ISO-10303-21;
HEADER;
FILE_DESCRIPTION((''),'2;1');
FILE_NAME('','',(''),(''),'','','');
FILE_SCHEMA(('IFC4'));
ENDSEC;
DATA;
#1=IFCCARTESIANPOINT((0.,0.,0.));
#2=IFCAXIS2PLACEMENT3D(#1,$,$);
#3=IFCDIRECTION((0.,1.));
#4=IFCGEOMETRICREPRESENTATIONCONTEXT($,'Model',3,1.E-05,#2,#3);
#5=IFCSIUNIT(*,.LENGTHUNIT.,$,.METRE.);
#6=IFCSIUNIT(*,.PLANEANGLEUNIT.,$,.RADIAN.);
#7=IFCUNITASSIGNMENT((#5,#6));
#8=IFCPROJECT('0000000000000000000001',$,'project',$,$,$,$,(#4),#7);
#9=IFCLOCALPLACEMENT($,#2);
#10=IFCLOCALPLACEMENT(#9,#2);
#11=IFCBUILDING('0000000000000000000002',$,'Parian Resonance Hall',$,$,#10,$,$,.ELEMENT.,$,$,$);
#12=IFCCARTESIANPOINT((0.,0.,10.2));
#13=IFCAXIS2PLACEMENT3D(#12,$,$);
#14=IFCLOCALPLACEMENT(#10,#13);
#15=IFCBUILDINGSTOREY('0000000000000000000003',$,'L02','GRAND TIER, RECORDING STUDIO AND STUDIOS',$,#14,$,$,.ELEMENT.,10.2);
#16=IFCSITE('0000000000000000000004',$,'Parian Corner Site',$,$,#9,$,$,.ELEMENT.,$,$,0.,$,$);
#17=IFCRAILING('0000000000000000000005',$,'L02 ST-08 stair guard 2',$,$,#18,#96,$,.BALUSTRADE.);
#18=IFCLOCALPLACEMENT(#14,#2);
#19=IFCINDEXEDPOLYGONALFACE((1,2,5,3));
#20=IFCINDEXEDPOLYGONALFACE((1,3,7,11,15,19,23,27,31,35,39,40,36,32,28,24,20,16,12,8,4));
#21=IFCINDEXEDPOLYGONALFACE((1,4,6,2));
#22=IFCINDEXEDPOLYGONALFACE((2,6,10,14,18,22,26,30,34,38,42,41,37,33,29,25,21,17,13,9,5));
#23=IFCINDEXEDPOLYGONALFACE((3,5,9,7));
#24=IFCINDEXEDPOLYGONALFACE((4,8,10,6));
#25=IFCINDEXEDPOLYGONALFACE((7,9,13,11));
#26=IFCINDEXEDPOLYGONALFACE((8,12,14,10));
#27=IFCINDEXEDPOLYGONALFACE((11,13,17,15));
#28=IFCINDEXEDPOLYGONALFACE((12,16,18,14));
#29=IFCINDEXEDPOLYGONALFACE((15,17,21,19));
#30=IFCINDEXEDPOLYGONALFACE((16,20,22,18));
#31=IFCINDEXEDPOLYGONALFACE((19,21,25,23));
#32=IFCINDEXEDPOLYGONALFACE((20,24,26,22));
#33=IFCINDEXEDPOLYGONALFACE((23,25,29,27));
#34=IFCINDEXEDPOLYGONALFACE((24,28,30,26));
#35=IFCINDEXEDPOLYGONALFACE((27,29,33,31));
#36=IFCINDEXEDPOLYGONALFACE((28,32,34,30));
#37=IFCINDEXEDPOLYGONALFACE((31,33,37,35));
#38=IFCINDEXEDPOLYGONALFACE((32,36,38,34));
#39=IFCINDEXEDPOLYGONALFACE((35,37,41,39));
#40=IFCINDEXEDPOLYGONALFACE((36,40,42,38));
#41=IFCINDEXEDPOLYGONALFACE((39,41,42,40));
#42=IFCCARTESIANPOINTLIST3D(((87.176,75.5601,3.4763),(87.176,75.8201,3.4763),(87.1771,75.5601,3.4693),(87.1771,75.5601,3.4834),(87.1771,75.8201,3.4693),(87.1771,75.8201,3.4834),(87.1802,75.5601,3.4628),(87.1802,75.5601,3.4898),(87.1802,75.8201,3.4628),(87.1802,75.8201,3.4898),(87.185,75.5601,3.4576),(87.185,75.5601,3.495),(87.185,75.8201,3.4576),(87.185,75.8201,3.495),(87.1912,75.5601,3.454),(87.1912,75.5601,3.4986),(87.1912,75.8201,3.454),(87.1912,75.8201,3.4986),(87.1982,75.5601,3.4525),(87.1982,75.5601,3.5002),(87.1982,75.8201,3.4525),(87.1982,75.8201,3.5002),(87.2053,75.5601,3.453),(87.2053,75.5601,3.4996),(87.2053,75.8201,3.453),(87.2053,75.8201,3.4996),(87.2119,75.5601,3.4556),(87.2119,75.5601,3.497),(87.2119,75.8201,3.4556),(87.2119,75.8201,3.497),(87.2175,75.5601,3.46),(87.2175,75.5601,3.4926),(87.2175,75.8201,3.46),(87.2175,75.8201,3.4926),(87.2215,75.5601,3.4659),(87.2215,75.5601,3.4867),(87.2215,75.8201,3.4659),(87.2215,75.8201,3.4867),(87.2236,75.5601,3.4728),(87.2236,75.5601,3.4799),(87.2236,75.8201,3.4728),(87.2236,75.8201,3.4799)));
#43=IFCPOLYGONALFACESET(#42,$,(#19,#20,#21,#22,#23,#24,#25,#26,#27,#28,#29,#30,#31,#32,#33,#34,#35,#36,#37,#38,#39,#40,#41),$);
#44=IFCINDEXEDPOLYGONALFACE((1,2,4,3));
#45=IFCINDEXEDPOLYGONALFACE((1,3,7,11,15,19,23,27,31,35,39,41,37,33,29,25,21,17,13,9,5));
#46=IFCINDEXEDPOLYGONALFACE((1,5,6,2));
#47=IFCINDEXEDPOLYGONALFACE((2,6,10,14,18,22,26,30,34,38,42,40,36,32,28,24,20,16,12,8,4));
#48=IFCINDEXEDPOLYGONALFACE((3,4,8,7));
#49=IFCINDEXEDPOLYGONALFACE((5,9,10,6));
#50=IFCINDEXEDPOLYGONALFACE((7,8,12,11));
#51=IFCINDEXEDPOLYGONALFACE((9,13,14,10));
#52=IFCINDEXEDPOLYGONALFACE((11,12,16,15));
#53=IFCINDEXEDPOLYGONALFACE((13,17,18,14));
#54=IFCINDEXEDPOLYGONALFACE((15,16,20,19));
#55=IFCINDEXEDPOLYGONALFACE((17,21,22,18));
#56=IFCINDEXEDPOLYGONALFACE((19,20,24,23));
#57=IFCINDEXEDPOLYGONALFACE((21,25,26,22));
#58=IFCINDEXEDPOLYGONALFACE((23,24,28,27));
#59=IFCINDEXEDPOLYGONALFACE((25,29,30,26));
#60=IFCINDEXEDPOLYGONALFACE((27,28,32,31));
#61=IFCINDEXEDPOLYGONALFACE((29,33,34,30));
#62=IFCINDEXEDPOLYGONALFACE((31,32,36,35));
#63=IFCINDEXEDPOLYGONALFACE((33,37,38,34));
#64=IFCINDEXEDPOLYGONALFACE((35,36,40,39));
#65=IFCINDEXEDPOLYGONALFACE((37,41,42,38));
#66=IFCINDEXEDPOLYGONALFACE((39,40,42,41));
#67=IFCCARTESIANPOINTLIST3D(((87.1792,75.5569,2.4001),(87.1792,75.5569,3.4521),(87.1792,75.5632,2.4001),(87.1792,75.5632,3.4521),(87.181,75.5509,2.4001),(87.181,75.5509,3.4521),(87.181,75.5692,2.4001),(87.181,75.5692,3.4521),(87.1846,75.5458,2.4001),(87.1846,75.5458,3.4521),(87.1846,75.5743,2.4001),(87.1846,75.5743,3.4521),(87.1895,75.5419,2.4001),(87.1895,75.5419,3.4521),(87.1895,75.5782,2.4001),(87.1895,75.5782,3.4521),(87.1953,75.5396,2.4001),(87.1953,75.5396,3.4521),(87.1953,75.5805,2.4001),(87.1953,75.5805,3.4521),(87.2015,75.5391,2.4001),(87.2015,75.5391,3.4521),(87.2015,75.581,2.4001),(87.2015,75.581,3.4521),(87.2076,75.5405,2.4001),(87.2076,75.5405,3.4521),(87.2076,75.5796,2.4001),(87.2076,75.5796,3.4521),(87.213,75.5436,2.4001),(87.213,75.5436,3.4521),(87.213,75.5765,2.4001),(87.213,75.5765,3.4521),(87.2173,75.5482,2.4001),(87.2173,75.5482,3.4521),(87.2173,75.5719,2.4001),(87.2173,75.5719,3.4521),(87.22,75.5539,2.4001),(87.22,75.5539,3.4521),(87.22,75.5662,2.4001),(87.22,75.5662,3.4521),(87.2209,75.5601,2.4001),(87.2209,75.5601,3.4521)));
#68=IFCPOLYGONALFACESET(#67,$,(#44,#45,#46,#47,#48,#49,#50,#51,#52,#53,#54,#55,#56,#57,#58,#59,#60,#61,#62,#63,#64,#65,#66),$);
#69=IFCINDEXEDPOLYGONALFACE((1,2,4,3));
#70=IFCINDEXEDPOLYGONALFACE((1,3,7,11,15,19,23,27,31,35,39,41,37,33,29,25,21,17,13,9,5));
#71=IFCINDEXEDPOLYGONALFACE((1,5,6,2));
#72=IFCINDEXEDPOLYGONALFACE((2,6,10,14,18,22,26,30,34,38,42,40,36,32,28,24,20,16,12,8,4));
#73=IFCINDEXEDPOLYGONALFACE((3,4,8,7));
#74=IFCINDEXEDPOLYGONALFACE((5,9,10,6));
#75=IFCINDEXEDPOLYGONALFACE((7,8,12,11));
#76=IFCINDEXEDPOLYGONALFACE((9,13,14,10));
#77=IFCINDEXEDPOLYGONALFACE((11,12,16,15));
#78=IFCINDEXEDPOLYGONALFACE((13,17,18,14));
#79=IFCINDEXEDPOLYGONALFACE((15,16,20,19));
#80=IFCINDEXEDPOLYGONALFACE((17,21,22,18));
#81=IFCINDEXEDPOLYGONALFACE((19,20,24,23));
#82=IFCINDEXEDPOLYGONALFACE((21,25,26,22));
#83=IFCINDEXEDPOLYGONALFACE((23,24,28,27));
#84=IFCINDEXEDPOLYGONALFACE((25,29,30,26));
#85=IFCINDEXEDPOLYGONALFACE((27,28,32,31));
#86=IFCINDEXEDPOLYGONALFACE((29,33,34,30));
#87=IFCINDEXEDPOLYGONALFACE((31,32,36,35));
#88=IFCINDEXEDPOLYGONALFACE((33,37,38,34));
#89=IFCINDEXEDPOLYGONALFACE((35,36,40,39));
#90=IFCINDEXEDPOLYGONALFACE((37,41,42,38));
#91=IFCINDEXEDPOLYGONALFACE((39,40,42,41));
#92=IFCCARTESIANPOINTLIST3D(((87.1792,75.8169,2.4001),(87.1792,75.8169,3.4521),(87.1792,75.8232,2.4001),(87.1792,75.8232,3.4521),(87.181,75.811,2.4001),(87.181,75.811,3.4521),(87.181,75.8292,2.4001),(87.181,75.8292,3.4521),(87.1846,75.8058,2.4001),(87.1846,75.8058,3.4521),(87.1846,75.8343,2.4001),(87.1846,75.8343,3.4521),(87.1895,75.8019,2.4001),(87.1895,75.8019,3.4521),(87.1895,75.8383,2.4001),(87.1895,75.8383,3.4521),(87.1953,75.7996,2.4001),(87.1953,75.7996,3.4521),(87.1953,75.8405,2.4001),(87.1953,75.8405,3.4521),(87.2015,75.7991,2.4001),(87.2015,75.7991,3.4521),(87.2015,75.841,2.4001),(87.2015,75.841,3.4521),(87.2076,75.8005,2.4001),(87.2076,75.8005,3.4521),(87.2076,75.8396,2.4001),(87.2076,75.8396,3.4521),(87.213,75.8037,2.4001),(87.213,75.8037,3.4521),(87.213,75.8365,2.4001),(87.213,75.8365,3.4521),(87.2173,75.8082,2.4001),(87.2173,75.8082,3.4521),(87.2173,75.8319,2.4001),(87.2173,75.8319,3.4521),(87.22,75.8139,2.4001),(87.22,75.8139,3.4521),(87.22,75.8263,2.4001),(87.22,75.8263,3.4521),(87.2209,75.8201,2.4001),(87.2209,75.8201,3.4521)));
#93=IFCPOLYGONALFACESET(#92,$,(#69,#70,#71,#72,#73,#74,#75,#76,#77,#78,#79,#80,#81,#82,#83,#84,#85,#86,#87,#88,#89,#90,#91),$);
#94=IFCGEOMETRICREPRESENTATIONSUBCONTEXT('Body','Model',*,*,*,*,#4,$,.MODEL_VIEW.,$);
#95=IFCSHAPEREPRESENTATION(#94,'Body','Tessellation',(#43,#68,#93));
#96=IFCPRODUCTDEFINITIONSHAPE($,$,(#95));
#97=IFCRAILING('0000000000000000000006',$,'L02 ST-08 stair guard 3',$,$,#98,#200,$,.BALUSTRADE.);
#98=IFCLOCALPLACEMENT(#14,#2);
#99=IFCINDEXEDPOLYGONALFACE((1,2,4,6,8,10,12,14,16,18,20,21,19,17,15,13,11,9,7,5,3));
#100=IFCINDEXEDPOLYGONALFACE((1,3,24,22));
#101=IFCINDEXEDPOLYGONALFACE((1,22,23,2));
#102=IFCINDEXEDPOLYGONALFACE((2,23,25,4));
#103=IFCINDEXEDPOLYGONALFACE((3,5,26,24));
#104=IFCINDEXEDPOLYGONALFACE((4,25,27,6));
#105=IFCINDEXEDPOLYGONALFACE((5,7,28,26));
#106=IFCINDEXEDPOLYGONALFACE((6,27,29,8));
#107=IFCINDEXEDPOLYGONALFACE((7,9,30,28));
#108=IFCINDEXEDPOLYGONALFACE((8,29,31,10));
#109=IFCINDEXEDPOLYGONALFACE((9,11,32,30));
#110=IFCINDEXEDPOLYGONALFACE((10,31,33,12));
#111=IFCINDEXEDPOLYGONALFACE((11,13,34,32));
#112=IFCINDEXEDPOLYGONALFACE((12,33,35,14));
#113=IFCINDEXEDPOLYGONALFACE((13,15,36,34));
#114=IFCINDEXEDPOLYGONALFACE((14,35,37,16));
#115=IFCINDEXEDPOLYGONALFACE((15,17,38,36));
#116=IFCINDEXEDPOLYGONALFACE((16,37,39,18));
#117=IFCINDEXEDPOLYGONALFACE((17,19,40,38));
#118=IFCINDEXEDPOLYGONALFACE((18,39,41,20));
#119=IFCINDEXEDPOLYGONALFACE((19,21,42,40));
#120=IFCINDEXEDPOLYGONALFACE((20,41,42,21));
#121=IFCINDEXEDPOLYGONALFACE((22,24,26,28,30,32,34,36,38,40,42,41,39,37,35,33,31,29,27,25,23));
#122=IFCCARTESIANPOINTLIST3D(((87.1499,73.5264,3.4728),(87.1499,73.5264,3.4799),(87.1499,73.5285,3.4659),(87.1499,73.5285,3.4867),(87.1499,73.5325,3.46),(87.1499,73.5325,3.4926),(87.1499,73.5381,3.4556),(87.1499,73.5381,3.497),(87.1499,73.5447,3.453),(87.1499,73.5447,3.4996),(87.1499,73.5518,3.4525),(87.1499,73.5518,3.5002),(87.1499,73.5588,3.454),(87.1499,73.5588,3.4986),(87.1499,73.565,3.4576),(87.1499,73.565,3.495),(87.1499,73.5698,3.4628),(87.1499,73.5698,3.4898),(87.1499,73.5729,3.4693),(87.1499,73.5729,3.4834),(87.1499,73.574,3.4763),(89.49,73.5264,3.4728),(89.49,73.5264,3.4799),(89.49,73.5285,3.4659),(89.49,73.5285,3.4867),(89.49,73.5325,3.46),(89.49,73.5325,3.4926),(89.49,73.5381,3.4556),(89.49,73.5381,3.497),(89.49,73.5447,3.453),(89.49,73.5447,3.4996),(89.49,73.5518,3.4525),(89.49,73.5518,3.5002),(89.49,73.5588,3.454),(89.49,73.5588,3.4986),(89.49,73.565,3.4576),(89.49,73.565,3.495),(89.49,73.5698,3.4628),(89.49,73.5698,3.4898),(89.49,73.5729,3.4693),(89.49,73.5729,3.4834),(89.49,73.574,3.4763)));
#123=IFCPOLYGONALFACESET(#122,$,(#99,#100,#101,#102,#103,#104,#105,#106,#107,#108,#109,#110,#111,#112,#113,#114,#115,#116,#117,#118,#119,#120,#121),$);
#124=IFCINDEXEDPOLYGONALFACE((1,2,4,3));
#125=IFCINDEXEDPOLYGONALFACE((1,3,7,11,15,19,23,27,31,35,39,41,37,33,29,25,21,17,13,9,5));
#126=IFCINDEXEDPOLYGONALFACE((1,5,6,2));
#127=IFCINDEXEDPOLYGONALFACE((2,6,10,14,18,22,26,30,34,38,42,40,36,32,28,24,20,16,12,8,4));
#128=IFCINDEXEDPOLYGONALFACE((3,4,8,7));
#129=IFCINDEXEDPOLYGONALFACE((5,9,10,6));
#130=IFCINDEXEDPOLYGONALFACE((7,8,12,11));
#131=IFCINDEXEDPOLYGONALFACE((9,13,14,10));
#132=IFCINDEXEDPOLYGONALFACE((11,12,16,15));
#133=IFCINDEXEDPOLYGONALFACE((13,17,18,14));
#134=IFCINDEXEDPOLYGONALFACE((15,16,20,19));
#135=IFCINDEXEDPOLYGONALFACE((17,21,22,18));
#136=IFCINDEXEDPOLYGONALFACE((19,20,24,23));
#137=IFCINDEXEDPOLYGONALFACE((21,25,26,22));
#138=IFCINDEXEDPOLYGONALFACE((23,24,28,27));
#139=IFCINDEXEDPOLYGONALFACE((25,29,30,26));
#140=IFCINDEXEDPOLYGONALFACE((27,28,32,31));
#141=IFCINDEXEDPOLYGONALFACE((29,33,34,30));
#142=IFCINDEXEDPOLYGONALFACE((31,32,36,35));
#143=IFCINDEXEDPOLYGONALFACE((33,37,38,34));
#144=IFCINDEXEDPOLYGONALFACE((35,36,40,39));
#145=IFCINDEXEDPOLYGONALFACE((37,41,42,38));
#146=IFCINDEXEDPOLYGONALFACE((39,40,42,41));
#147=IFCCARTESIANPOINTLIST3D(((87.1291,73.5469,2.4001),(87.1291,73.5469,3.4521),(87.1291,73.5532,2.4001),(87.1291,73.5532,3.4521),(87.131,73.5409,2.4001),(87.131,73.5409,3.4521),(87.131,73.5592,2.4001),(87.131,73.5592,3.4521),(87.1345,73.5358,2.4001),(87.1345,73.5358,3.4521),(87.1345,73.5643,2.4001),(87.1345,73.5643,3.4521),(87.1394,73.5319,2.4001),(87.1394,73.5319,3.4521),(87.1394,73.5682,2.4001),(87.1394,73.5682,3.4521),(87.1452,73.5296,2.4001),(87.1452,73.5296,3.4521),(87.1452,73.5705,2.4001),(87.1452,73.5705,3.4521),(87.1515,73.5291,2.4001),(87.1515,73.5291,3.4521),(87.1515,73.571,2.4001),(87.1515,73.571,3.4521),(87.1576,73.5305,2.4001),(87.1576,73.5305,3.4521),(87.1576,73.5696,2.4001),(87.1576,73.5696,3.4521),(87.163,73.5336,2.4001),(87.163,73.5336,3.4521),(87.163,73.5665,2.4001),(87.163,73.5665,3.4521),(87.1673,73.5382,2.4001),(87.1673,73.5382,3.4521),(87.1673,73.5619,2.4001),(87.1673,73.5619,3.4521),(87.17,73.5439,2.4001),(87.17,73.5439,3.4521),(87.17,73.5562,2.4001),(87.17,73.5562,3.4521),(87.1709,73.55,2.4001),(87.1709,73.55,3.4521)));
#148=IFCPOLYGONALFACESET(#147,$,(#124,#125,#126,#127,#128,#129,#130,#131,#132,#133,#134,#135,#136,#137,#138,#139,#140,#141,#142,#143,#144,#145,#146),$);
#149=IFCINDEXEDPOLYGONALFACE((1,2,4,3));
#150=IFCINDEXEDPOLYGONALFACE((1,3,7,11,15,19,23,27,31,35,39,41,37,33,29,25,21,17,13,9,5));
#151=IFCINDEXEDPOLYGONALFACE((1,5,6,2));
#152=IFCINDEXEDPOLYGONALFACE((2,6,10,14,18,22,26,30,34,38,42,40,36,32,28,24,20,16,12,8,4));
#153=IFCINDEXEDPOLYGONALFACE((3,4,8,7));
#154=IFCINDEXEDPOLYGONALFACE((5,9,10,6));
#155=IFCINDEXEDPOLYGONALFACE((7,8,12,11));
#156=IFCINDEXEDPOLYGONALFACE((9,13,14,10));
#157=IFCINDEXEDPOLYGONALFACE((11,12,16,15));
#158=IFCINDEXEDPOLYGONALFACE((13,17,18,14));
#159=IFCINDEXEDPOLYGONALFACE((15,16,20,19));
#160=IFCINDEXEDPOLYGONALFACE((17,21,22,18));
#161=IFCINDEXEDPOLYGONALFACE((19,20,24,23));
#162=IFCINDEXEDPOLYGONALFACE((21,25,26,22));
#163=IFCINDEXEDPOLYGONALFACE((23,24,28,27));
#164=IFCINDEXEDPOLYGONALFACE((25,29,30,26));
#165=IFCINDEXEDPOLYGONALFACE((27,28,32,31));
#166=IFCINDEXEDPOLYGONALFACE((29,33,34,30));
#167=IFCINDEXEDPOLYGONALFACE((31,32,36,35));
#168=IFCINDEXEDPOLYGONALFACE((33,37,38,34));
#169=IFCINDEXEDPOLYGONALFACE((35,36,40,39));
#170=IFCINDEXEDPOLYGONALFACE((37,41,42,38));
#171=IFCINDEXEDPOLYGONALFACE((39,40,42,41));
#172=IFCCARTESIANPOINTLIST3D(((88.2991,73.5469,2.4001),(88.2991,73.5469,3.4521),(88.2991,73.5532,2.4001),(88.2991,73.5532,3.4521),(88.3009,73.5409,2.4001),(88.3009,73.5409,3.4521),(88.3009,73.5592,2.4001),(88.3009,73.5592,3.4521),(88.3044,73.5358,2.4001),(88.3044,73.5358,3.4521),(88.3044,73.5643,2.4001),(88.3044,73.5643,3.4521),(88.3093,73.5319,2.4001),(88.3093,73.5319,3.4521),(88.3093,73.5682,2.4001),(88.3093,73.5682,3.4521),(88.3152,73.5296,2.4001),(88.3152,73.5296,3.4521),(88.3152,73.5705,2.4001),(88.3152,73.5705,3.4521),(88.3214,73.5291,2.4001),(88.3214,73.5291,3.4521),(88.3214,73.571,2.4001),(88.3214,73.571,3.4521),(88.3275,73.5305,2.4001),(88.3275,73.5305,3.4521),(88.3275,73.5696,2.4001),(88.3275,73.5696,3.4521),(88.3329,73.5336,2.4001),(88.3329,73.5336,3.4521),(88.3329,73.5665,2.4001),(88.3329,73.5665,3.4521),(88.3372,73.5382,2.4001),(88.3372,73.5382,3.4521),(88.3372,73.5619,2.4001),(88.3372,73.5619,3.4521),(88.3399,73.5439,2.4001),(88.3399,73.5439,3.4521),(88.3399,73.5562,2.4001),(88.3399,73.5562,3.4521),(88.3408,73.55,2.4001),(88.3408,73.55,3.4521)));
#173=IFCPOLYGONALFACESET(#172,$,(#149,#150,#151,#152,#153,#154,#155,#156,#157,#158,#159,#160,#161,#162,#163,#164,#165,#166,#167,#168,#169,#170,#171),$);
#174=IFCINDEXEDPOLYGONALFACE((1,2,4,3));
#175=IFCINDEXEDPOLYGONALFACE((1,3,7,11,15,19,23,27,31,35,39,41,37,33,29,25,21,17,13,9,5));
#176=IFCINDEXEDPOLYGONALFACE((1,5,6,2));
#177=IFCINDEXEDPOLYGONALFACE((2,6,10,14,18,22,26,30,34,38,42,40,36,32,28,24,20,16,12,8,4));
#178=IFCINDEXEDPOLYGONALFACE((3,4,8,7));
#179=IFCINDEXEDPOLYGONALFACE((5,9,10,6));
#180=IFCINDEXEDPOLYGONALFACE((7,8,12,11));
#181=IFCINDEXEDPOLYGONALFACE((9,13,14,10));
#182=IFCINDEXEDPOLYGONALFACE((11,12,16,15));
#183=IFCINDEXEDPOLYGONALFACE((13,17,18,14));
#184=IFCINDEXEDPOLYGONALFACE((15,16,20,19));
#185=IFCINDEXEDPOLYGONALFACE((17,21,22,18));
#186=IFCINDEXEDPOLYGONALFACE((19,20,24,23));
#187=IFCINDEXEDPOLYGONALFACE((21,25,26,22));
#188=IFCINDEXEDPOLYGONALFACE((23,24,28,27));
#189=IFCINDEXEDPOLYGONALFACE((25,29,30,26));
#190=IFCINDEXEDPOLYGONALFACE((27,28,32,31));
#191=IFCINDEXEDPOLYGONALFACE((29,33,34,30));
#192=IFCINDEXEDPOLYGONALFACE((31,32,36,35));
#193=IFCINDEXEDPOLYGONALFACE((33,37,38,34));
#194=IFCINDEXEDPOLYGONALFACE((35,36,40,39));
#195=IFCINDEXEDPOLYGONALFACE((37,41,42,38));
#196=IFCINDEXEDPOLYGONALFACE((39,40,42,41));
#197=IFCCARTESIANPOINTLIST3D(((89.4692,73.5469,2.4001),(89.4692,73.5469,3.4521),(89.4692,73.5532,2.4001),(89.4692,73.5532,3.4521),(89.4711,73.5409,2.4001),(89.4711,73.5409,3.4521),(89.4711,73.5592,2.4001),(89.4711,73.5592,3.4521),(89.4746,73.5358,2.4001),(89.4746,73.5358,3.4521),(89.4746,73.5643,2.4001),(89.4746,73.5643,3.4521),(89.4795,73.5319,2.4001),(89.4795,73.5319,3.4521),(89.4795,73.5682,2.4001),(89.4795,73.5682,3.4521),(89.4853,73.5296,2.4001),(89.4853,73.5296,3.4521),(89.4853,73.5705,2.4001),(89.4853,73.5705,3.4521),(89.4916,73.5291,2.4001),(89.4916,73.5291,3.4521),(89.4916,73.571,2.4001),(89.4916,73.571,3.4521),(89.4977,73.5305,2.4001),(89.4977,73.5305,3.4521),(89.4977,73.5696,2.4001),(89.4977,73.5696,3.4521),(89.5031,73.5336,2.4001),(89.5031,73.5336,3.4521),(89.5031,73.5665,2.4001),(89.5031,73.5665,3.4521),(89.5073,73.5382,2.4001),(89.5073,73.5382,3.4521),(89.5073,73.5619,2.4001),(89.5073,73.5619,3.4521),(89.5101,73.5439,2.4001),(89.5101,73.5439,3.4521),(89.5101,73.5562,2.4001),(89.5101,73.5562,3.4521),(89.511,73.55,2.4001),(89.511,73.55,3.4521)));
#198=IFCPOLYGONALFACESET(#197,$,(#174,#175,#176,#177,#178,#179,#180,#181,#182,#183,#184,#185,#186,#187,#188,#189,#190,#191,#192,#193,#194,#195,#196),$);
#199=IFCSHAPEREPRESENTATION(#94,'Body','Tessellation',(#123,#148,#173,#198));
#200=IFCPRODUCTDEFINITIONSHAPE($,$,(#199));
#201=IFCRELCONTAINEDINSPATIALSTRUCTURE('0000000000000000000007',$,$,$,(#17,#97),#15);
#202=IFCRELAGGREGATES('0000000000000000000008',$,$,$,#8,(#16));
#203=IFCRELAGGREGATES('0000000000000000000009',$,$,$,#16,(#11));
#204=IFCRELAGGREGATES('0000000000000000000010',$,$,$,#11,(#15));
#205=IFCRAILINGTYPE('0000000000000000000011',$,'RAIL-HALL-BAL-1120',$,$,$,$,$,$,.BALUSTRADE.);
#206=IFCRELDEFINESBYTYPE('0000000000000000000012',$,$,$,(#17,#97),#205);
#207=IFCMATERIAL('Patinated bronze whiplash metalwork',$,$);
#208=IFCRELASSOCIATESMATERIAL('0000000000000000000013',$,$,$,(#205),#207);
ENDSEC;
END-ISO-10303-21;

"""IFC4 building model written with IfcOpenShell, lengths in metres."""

from ifc_helpers import new_model, si_unit, direction, frame, origin, origin_2d, place, context, subcontext, project, spatial, circle, extrude, material, type_object, element, save


model = new_model("IFC4")

# Units and contexts
model_context = context("Model", 3, precision=1e-05, world=origin(), true_north=direction((0.0, 1.0)))
body_context = subcontext(model_context, "Body", "Model", "MODEL_VIEW")
ifc_project = project(units=[si_unit("LENGTHUNIT", "METRE"), si_unit("PLANEANGLEUNIT", "RADIAN")], contexts=[model_context])

# Site, building, storey
site_placement = place(None, origin())
site = spatial("IfcSite", under=ifc_project, at=site_placement, Name="Parian Corner Site", CompositionType="ELEMENT", RefElevation=0.0)
building_placement = place(site_placement, origin())
building = spatial("IfcBuilding", under=site, at=building_placement, Name="Parian Resonance Hall", CompositionType="ELEMENT")
storey_placement = place(building_placement, frame((0.0, 0.0, 10.2)))
storey = spatial("IfcBuildingStorey", under=building, at=storey_placement, Name="L02", Description="GRAND TIER, RECORDING STUDIO AND STUDIOS", CompositionType="ELEMENT", Elevation=10.2)

# Railings
ifc_material_1 = material(Name="Patinated bronze whiplash metalwork")
railing_type = type_object("IfcRailingType", Name="RAIL-HALL-BAL-1120", PredefinedType="BALUSTRADE", material=ifc_material_1)
railing_1_placement = place(storey_placement, frame((87.2, 75.5601, 2.4001)))
element("IfcRailing", 1, at=railing_1_placement, inside=storey, type_object=railing_type, Name="L02 ST-08 stair guard 2", PredefinedType="BALUSTRADE", context=body_context, shape_type="SweptSolid", body=[
    extrude(circle(Radius=0.0239, at=origin_2d()), frame((0.0, 0.0, 1.0762), z_axis=(0.0, 1.0, 0.0), x_axis=(-1.0, 0.0, 0.0)), (0.0, 0.0, 1.0), 0.26),
    extrude(circle(Radius=0.021, at=origin_2d()), origin(), (0.0, 0.0, 1.0), 1.052),
    extrude(circle(Radius=0.021, at=origin_2d()), frame((0.0, 0.26, 0.0)), (0.0, 0.0, 1.0), 1.052),
])
railing_2_placement = place(storey_placement, frame((87.1499, 73.55, 2.4001)))
element("IfcRailing", 2, at=railing_2_placement, inside=storey, type_object=railing_type, Name="L02 ST-08 stair guard 3", PredefinedType="BALUSTRADE", context=body_context, shape_type="SweptSolid", body=[
    extrude(circle(Radius=0.0239, at=origin_2d()), frame((0.0, 0.0, 1.0762), z_axis=(1.0, 0.0, 0.0), x_axis=(0.0, 1.0, 0.0)), (0.0, 0.0, 1.0), 2.3401),
    extrude(circle(Radius=0.021, at=origin_2d()), origin(), (0.0, 0.0, 1.0), 1.052),
    extrude(circle(Radius=0.021, at=origin_2d()), frame((1.1699, 0.0, 0.0)), (0.0, 0.0, 1.0), 1.052),
    extrude(circle(Radius=0.021, at=origin_2d()), frame((2.3401, 0.0, 0.0)), (0.0, 0.0, 1.0), 1.052),
])

save(model, "model.ifc")
